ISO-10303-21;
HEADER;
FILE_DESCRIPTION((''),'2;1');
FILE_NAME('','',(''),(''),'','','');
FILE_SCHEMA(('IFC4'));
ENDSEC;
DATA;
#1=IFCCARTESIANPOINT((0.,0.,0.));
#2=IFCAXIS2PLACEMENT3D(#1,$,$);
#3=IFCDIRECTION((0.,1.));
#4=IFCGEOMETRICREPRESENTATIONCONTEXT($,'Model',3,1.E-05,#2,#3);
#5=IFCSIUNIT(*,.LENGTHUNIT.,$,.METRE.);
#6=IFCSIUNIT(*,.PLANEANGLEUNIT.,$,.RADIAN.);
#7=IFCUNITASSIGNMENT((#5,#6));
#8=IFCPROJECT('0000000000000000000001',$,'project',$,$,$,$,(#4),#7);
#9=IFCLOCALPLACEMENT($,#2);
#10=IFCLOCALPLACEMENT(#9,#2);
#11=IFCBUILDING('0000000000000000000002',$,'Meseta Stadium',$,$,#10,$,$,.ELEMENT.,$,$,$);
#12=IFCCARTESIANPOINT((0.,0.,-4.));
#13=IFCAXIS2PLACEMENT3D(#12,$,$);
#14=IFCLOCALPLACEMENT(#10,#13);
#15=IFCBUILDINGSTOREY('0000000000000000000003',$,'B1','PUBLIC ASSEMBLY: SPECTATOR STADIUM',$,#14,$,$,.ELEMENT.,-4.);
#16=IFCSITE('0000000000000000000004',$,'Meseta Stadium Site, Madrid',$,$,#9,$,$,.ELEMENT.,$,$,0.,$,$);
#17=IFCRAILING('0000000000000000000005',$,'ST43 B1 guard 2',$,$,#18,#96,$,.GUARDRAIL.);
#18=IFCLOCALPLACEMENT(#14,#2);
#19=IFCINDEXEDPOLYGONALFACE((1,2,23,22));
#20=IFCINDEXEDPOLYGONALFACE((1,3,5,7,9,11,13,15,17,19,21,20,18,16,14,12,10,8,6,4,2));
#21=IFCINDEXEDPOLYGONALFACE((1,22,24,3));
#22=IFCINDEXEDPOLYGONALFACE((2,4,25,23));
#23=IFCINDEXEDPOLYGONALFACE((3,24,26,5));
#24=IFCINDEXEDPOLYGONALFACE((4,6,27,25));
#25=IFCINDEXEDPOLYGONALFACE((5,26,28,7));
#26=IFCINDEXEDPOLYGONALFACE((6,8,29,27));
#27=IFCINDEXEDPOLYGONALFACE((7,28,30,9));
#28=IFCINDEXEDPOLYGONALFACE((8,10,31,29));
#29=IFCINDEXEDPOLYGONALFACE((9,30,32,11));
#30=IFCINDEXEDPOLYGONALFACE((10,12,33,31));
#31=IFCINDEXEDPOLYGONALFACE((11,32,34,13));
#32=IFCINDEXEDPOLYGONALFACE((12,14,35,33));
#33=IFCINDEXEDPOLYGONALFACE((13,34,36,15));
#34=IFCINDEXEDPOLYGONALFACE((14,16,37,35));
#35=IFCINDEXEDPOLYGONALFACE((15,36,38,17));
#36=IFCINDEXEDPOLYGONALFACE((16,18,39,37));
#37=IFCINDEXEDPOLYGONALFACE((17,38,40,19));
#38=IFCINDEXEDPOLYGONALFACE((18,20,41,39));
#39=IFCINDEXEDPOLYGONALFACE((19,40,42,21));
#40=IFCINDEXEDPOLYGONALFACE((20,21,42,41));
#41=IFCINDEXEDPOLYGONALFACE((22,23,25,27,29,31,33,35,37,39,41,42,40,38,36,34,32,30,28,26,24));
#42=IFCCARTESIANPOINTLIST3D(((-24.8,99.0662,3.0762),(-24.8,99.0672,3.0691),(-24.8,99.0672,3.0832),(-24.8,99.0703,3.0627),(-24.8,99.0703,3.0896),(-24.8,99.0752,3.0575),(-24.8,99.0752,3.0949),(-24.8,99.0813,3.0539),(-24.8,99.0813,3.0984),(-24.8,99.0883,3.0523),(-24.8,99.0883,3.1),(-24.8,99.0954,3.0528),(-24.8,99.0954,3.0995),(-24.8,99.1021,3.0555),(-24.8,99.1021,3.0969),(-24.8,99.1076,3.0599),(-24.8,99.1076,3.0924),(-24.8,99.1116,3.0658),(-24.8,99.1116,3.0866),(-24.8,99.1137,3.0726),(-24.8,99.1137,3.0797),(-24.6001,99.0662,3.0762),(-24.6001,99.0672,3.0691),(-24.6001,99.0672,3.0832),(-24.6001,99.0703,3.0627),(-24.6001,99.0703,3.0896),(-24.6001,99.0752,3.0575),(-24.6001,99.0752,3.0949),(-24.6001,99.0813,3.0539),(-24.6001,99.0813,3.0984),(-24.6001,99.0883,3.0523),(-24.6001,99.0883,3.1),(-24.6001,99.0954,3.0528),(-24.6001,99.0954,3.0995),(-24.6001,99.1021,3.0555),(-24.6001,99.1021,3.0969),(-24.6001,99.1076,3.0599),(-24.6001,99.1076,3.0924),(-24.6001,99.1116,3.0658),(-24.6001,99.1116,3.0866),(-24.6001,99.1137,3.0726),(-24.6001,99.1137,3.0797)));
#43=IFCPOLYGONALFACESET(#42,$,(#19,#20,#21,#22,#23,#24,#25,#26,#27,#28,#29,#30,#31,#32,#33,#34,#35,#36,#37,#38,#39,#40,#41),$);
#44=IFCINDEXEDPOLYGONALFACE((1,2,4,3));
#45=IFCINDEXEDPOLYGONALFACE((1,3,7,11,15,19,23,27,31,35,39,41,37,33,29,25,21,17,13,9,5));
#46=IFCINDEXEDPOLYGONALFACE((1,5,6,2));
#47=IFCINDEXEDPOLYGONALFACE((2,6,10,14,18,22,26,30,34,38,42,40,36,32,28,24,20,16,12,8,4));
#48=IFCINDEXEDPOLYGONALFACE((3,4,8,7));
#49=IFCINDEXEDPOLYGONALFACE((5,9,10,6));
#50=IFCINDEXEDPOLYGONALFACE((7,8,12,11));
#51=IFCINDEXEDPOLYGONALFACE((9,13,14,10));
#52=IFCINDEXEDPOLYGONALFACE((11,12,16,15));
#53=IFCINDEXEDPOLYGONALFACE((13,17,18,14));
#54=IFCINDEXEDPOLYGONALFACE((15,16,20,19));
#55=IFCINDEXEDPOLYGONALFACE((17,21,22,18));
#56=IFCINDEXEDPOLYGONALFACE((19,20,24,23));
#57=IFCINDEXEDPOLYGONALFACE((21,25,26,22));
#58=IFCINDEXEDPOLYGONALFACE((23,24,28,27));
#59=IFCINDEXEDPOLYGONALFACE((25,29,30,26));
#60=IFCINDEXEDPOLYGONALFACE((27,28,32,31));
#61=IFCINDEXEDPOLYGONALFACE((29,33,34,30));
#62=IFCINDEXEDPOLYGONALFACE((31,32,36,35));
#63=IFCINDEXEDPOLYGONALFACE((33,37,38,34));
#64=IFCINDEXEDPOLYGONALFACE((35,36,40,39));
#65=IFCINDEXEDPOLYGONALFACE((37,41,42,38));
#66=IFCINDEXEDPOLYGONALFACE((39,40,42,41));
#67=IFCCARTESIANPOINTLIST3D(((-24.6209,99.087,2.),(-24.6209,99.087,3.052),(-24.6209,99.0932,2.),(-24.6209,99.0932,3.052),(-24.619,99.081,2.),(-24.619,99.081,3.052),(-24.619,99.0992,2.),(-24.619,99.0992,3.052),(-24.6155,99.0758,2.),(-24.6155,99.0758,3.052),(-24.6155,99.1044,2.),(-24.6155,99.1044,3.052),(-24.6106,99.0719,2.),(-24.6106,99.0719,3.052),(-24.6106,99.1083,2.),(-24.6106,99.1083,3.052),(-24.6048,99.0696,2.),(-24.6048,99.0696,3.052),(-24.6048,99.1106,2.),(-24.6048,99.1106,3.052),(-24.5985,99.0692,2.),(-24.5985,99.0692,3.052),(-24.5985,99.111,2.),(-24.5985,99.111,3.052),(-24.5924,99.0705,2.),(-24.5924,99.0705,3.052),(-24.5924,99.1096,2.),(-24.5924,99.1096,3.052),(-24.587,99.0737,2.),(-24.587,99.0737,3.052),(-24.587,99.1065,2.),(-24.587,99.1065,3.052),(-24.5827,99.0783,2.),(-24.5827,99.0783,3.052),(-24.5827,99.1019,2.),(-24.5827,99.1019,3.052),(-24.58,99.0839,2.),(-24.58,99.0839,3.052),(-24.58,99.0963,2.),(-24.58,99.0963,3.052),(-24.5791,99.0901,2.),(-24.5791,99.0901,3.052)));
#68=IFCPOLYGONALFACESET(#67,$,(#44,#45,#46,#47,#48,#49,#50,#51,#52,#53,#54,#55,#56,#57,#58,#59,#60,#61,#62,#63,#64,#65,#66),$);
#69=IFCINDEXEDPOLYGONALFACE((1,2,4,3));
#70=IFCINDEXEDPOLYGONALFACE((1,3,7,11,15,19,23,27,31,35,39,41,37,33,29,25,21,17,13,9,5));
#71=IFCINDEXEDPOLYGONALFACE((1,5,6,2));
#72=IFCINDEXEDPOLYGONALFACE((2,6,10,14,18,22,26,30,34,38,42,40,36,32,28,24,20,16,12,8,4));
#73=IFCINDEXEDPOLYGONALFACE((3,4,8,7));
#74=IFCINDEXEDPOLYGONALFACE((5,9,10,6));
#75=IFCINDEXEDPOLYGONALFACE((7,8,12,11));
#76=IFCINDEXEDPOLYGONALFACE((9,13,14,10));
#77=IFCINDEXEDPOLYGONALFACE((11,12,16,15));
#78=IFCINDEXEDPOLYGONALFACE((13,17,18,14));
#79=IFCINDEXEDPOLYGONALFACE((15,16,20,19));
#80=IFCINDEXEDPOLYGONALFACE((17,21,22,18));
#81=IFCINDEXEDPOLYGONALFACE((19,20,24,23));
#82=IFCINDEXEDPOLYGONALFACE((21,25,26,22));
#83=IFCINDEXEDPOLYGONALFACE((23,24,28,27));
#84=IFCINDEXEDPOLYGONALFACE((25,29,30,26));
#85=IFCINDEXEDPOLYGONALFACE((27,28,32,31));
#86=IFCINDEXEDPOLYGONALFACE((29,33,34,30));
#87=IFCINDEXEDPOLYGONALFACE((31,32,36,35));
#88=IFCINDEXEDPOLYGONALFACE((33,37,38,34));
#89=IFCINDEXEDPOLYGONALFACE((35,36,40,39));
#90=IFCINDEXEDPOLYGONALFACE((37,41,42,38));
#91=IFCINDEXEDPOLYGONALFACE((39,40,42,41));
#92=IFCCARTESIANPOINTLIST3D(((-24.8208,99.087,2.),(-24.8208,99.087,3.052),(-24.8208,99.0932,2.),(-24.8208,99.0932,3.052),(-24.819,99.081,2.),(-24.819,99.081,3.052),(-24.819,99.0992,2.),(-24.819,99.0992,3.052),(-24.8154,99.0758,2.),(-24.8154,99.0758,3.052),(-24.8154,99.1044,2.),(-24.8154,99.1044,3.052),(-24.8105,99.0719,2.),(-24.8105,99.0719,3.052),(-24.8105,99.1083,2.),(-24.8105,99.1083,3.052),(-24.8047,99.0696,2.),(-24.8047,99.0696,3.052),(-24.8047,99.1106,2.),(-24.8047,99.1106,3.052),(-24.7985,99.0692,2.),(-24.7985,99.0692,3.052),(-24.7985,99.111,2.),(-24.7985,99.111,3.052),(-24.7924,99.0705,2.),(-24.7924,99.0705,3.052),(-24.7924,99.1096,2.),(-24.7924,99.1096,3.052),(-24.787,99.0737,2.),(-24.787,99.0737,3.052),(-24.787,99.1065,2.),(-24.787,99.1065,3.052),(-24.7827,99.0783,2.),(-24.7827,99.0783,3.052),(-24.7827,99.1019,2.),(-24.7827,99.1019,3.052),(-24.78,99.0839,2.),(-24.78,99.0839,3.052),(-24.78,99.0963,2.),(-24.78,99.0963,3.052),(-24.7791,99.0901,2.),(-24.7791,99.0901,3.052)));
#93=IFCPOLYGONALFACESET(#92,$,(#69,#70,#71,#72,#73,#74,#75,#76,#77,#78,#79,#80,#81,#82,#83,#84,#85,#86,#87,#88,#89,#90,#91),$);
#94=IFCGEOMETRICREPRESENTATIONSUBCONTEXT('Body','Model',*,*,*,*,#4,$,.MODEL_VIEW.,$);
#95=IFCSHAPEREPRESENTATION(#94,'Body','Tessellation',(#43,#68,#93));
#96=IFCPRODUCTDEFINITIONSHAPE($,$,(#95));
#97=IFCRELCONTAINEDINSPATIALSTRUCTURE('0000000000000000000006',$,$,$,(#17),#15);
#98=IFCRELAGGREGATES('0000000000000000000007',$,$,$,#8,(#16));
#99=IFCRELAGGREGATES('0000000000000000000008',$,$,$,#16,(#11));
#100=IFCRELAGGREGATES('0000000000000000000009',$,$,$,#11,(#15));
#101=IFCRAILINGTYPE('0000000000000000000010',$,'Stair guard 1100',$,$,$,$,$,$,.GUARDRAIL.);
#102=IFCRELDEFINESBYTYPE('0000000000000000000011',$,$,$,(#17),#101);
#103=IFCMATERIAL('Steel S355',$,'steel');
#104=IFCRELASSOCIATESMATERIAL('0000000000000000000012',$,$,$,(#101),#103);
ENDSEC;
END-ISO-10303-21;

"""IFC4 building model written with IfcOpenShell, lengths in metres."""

from ifc_helpers import new_model, si_unit, direction, frame, origin, origin_2d, place, context, subcontext, project, spatial, circle, extrude, material, type_object, element, save


model = new_model("IFC4")

# Units and contexts
model_context = context("Model", 3, precision=1e-05, world=origin(), true_north=direction((0.0, 1.0)))
body_context = subcontext(model_context, "Body", "Model", "MODEL_VIEW")
ifc_project = project(units=[si_unit("LENGTHUNIT", "METRE"), si_unit("PLANEANGLEUNIT", "RADIAN")], contexts=[model_context])

# Site, building, storey
site_placement = place(None, origin())
site = spatial("IfcSite", under=ifc_project, at=site_placement, Name="Meseta Stadium Site, Madrid", CompositionType="ELEMENT", RefElevation=0.0)
building_placement = place(site_placement, origin())
building = spatial("IfcBuilding", under=site, at=building_placement, Name="Meseta Stadium", CompositionType="ELEMENT")
storey_placement = place(building_placement, frame((0.0, 0.0, -4.0)))
storey = spatial("IfcBuildingStorey", under=building, at=storey_placement, Name="B1", Description="PUBLIC ASSEMBLY: SPECTATOR STADIUM", CompositionType="ELEMENT", Elevation=-4.0)

# Railing
ifc_material_1 = material(Name="Steel S355", Category="steel")
railing_type_1 = type_object("IfcRailingType", Name="Stair guard 1100", PredefinedType="GUARDRAIL", material=ifc_material_1)
railing_1_placement = place(storey_placement, frame((-24.6001, 99.0901, 2.0)))
element("IfcRailing", 1, at=railing_1_placement, inside=storey, type_object=railing_type_1, Name="ST43 B1 guard 2", PredefinedType="GUARDRAIL", context=body_context, shape_type="SweptSolid", body=[
    extrude(circle(Radius=0.0239, at=origin_2d()), frame((0.0, 0.0, 1.0762), z_axis=(-1.0, 0.0, 0.0), x_axis=(0.0, -1.0, 0.0)), (0.0, 0.0, 1.0), 0.2),
    extrude(circle(Radius=0.021, at=origin_2d()), origin(), (0.0, 0.0, 1.0), 1.052),
    extrude(circle(Radius=0.021, at=origin_2d()), frame((-0.2, 0.0, 0.0)), (0.0, 0.0, 1.0), 1.052),
])

save(model, "model.ifc")
